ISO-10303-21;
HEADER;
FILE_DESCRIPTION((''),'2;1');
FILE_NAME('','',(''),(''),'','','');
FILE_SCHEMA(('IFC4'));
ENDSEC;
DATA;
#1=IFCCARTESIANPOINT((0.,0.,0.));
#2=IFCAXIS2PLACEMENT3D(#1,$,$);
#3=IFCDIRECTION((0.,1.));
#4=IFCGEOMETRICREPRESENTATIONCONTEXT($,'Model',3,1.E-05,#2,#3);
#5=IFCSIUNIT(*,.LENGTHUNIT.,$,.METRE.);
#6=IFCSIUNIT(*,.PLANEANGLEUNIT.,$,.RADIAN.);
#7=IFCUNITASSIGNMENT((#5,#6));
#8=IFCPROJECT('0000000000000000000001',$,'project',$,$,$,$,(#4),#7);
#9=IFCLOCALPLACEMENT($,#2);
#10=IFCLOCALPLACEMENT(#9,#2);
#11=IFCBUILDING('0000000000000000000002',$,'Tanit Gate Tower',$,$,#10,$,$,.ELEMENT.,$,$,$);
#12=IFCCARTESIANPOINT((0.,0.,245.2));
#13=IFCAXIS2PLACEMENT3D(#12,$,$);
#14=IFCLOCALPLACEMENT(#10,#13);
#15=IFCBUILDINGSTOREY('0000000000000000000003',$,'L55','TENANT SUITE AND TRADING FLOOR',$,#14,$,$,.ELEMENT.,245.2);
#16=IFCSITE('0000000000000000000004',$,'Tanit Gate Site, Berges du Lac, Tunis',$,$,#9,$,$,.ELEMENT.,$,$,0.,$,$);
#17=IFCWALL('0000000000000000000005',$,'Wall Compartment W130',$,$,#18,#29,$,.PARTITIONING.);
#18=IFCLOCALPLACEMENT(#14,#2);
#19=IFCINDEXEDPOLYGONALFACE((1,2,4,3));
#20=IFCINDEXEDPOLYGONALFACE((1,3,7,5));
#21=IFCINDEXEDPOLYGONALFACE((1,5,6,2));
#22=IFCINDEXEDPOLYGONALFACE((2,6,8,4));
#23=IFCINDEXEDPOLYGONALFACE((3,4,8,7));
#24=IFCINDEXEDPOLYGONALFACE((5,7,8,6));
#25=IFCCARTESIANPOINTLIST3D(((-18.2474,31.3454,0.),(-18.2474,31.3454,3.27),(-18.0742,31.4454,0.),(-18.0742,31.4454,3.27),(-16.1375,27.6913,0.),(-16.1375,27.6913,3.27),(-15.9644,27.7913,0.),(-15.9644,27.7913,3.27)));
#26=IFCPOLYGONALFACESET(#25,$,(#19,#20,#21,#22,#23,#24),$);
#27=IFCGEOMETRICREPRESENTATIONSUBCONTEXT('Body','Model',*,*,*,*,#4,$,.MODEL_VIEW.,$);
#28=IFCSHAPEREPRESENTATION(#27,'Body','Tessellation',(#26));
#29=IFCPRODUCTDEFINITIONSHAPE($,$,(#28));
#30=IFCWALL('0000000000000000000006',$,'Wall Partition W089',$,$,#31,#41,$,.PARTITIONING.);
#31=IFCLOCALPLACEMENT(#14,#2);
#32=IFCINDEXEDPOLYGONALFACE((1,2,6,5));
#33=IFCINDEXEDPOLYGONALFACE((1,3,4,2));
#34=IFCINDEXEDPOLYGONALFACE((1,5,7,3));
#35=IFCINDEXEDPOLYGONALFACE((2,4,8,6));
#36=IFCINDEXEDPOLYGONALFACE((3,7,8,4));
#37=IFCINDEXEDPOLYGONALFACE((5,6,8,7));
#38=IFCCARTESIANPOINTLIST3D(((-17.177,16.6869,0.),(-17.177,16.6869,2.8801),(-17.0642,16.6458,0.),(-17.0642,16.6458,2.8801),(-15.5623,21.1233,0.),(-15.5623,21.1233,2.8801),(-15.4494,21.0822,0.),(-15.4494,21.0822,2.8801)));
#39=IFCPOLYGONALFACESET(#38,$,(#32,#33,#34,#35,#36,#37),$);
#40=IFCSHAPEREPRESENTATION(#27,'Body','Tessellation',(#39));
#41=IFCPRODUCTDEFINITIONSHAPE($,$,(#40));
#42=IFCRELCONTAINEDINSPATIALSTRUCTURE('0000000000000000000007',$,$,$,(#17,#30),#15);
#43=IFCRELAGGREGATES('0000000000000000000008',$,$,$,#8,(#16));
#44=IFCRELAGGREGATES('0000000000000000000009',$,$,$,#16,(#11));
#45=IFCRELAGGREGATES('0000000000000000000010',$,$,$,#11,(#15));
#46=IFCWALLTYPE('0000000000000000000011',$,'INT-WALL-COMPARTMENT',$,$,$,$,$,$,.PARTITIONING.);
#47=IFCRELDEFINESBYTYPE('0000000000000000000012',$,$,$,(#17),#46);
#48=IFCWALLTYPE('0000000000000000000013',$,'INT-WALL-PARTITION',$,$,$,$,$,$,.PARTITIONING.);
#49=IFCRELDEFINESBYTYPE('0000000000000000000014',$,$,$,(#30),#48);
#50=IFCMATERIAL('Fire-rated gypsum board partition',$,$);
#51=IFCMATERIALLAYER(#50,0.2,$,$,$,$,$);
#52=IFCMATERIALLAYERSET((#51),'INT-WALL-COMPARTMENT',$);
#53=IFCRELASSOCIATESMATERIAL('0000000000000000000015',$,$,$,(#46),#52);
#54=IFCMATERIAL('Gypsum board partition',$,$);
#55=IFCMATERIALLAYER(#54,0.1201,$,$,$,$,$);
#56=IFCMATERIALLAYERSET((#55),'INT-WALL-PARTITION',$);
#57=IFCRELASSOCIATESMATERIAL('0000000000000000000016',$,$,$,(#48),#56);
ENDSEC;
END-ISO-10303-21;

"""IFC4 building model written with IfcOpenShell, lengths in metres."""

from ifc_helpers import new_model, si_unit, direction, frame, frame_2d, origin, place, context, subcontext, project, spatial, rectangle, extrude, material, layer, layer_set, type_object, element, save


model = new_model("IFC4")

# Units and contexts
model_context = context("Model", 3, precision=1e-05, world=origin(), true_north=direction((0.0, 1.0)))
body_context = subcontext(model_context, "Body", "Model", "MODEL_VIEW")
ifc_project = project(units=[si_unit("LENGTHUNIT", "METRE"), si_unit("PLANEANGLEUNIT", "RADIAN")], contexts=[model_context])

# Site, building, storey
site_placement = place(None, origin())
site = spatial("IfcSite", under=ifc_project, at=site_placement, Name="Tanit Gate Site, Berges du Lac, Tunis", CompositionType="ELEMENT", RefElevation=0.0)
building_placement = place(site_placement, origin())
building = spatial("IfcBuilding", under=site, at=building_placement, Name="Tanit Gate Tower", CompositionType="ELEMENT")
storey_placement = place(building_placement, frame((0.0, 0.0, 245.2)))
storey = spatial("IfcBuildingStorey", under=building, at=storey_placement, Name="L55", Description="TENANT SUITE AND TRADING FLOOR", CompositionType="ELEMENT", Elevation=245.2)

# Walls
ifc_material_1 = material(Name="Fire-rated gypsum board partition")
ifc_layer_1 = layer(ifc_material_1, 0.2)
ifc_layer_set_1 = layer_set([ifc_layer_1], Name="INT-WALL-COMPARTMENT")
wall_type_1 = type_object("IfcWallType", Name="INT-WALL-COMPARTMENT", PredefinedType="PARTITIONING", material=ifc_layer_set_1)
wall_1_placement = place(storey_placement, frame((-18.1609, 31.3955, 0.0), z_axis=(0.0, 0.0, 1.0), x_axis=(0.500035, -0.866005, 0.0)))
element("IfcWall", 1, at=wall_1_placement, inside=storey, type_object=wall_type_1, Name="Wall Compartment W130", PredefinedType="PARTITIONING", context=body_context, shape_type="SweptSolid", body=[
    extrude(rectangle(XDim=4.2195, YDim=0.2, at=frame_2d((2.1099, 0.0))), origin(), (0.0, 0.0, 1.0), 3.27),
])
ifc_material_2 = material(Name="Gypsum board partition")
ifc_layer_2 = layer(ifc_material_2, 0.1201)
ifc_layer_set_2 = layer_set([ifc_layer_2], Name="INT-WALL-PARTITION")
wall_type_2 = type_object("IfcWallType", Name="INT-WALL-PARTITION", PredefinedType="PARTITIONING", material=ifc_layer_set_2)
wall_2_placement = place(storey_placement, frame((-15.5059, 21.1028, 0.0), z_axis=(0.0, 0.0, 1.0), x_axis=(-0.342017, -0.939694, 0.0)))
element("IfcWall", 2, at=wall_2_placement, inside=storey, type_object=wall_type_2, Name="Wall Partition W089", PredefinedType="PARTITIONING", context=body_context, shape_type="SweptSolid", body=[
    extrude(rectangle(XDim=4.7212, YDim=0.1201, at=frame_2d((2.3606, 0.0))), origin(), (0.0, 0.0, 1.0), 2.8801),
])

save(model, "model.ifc")
